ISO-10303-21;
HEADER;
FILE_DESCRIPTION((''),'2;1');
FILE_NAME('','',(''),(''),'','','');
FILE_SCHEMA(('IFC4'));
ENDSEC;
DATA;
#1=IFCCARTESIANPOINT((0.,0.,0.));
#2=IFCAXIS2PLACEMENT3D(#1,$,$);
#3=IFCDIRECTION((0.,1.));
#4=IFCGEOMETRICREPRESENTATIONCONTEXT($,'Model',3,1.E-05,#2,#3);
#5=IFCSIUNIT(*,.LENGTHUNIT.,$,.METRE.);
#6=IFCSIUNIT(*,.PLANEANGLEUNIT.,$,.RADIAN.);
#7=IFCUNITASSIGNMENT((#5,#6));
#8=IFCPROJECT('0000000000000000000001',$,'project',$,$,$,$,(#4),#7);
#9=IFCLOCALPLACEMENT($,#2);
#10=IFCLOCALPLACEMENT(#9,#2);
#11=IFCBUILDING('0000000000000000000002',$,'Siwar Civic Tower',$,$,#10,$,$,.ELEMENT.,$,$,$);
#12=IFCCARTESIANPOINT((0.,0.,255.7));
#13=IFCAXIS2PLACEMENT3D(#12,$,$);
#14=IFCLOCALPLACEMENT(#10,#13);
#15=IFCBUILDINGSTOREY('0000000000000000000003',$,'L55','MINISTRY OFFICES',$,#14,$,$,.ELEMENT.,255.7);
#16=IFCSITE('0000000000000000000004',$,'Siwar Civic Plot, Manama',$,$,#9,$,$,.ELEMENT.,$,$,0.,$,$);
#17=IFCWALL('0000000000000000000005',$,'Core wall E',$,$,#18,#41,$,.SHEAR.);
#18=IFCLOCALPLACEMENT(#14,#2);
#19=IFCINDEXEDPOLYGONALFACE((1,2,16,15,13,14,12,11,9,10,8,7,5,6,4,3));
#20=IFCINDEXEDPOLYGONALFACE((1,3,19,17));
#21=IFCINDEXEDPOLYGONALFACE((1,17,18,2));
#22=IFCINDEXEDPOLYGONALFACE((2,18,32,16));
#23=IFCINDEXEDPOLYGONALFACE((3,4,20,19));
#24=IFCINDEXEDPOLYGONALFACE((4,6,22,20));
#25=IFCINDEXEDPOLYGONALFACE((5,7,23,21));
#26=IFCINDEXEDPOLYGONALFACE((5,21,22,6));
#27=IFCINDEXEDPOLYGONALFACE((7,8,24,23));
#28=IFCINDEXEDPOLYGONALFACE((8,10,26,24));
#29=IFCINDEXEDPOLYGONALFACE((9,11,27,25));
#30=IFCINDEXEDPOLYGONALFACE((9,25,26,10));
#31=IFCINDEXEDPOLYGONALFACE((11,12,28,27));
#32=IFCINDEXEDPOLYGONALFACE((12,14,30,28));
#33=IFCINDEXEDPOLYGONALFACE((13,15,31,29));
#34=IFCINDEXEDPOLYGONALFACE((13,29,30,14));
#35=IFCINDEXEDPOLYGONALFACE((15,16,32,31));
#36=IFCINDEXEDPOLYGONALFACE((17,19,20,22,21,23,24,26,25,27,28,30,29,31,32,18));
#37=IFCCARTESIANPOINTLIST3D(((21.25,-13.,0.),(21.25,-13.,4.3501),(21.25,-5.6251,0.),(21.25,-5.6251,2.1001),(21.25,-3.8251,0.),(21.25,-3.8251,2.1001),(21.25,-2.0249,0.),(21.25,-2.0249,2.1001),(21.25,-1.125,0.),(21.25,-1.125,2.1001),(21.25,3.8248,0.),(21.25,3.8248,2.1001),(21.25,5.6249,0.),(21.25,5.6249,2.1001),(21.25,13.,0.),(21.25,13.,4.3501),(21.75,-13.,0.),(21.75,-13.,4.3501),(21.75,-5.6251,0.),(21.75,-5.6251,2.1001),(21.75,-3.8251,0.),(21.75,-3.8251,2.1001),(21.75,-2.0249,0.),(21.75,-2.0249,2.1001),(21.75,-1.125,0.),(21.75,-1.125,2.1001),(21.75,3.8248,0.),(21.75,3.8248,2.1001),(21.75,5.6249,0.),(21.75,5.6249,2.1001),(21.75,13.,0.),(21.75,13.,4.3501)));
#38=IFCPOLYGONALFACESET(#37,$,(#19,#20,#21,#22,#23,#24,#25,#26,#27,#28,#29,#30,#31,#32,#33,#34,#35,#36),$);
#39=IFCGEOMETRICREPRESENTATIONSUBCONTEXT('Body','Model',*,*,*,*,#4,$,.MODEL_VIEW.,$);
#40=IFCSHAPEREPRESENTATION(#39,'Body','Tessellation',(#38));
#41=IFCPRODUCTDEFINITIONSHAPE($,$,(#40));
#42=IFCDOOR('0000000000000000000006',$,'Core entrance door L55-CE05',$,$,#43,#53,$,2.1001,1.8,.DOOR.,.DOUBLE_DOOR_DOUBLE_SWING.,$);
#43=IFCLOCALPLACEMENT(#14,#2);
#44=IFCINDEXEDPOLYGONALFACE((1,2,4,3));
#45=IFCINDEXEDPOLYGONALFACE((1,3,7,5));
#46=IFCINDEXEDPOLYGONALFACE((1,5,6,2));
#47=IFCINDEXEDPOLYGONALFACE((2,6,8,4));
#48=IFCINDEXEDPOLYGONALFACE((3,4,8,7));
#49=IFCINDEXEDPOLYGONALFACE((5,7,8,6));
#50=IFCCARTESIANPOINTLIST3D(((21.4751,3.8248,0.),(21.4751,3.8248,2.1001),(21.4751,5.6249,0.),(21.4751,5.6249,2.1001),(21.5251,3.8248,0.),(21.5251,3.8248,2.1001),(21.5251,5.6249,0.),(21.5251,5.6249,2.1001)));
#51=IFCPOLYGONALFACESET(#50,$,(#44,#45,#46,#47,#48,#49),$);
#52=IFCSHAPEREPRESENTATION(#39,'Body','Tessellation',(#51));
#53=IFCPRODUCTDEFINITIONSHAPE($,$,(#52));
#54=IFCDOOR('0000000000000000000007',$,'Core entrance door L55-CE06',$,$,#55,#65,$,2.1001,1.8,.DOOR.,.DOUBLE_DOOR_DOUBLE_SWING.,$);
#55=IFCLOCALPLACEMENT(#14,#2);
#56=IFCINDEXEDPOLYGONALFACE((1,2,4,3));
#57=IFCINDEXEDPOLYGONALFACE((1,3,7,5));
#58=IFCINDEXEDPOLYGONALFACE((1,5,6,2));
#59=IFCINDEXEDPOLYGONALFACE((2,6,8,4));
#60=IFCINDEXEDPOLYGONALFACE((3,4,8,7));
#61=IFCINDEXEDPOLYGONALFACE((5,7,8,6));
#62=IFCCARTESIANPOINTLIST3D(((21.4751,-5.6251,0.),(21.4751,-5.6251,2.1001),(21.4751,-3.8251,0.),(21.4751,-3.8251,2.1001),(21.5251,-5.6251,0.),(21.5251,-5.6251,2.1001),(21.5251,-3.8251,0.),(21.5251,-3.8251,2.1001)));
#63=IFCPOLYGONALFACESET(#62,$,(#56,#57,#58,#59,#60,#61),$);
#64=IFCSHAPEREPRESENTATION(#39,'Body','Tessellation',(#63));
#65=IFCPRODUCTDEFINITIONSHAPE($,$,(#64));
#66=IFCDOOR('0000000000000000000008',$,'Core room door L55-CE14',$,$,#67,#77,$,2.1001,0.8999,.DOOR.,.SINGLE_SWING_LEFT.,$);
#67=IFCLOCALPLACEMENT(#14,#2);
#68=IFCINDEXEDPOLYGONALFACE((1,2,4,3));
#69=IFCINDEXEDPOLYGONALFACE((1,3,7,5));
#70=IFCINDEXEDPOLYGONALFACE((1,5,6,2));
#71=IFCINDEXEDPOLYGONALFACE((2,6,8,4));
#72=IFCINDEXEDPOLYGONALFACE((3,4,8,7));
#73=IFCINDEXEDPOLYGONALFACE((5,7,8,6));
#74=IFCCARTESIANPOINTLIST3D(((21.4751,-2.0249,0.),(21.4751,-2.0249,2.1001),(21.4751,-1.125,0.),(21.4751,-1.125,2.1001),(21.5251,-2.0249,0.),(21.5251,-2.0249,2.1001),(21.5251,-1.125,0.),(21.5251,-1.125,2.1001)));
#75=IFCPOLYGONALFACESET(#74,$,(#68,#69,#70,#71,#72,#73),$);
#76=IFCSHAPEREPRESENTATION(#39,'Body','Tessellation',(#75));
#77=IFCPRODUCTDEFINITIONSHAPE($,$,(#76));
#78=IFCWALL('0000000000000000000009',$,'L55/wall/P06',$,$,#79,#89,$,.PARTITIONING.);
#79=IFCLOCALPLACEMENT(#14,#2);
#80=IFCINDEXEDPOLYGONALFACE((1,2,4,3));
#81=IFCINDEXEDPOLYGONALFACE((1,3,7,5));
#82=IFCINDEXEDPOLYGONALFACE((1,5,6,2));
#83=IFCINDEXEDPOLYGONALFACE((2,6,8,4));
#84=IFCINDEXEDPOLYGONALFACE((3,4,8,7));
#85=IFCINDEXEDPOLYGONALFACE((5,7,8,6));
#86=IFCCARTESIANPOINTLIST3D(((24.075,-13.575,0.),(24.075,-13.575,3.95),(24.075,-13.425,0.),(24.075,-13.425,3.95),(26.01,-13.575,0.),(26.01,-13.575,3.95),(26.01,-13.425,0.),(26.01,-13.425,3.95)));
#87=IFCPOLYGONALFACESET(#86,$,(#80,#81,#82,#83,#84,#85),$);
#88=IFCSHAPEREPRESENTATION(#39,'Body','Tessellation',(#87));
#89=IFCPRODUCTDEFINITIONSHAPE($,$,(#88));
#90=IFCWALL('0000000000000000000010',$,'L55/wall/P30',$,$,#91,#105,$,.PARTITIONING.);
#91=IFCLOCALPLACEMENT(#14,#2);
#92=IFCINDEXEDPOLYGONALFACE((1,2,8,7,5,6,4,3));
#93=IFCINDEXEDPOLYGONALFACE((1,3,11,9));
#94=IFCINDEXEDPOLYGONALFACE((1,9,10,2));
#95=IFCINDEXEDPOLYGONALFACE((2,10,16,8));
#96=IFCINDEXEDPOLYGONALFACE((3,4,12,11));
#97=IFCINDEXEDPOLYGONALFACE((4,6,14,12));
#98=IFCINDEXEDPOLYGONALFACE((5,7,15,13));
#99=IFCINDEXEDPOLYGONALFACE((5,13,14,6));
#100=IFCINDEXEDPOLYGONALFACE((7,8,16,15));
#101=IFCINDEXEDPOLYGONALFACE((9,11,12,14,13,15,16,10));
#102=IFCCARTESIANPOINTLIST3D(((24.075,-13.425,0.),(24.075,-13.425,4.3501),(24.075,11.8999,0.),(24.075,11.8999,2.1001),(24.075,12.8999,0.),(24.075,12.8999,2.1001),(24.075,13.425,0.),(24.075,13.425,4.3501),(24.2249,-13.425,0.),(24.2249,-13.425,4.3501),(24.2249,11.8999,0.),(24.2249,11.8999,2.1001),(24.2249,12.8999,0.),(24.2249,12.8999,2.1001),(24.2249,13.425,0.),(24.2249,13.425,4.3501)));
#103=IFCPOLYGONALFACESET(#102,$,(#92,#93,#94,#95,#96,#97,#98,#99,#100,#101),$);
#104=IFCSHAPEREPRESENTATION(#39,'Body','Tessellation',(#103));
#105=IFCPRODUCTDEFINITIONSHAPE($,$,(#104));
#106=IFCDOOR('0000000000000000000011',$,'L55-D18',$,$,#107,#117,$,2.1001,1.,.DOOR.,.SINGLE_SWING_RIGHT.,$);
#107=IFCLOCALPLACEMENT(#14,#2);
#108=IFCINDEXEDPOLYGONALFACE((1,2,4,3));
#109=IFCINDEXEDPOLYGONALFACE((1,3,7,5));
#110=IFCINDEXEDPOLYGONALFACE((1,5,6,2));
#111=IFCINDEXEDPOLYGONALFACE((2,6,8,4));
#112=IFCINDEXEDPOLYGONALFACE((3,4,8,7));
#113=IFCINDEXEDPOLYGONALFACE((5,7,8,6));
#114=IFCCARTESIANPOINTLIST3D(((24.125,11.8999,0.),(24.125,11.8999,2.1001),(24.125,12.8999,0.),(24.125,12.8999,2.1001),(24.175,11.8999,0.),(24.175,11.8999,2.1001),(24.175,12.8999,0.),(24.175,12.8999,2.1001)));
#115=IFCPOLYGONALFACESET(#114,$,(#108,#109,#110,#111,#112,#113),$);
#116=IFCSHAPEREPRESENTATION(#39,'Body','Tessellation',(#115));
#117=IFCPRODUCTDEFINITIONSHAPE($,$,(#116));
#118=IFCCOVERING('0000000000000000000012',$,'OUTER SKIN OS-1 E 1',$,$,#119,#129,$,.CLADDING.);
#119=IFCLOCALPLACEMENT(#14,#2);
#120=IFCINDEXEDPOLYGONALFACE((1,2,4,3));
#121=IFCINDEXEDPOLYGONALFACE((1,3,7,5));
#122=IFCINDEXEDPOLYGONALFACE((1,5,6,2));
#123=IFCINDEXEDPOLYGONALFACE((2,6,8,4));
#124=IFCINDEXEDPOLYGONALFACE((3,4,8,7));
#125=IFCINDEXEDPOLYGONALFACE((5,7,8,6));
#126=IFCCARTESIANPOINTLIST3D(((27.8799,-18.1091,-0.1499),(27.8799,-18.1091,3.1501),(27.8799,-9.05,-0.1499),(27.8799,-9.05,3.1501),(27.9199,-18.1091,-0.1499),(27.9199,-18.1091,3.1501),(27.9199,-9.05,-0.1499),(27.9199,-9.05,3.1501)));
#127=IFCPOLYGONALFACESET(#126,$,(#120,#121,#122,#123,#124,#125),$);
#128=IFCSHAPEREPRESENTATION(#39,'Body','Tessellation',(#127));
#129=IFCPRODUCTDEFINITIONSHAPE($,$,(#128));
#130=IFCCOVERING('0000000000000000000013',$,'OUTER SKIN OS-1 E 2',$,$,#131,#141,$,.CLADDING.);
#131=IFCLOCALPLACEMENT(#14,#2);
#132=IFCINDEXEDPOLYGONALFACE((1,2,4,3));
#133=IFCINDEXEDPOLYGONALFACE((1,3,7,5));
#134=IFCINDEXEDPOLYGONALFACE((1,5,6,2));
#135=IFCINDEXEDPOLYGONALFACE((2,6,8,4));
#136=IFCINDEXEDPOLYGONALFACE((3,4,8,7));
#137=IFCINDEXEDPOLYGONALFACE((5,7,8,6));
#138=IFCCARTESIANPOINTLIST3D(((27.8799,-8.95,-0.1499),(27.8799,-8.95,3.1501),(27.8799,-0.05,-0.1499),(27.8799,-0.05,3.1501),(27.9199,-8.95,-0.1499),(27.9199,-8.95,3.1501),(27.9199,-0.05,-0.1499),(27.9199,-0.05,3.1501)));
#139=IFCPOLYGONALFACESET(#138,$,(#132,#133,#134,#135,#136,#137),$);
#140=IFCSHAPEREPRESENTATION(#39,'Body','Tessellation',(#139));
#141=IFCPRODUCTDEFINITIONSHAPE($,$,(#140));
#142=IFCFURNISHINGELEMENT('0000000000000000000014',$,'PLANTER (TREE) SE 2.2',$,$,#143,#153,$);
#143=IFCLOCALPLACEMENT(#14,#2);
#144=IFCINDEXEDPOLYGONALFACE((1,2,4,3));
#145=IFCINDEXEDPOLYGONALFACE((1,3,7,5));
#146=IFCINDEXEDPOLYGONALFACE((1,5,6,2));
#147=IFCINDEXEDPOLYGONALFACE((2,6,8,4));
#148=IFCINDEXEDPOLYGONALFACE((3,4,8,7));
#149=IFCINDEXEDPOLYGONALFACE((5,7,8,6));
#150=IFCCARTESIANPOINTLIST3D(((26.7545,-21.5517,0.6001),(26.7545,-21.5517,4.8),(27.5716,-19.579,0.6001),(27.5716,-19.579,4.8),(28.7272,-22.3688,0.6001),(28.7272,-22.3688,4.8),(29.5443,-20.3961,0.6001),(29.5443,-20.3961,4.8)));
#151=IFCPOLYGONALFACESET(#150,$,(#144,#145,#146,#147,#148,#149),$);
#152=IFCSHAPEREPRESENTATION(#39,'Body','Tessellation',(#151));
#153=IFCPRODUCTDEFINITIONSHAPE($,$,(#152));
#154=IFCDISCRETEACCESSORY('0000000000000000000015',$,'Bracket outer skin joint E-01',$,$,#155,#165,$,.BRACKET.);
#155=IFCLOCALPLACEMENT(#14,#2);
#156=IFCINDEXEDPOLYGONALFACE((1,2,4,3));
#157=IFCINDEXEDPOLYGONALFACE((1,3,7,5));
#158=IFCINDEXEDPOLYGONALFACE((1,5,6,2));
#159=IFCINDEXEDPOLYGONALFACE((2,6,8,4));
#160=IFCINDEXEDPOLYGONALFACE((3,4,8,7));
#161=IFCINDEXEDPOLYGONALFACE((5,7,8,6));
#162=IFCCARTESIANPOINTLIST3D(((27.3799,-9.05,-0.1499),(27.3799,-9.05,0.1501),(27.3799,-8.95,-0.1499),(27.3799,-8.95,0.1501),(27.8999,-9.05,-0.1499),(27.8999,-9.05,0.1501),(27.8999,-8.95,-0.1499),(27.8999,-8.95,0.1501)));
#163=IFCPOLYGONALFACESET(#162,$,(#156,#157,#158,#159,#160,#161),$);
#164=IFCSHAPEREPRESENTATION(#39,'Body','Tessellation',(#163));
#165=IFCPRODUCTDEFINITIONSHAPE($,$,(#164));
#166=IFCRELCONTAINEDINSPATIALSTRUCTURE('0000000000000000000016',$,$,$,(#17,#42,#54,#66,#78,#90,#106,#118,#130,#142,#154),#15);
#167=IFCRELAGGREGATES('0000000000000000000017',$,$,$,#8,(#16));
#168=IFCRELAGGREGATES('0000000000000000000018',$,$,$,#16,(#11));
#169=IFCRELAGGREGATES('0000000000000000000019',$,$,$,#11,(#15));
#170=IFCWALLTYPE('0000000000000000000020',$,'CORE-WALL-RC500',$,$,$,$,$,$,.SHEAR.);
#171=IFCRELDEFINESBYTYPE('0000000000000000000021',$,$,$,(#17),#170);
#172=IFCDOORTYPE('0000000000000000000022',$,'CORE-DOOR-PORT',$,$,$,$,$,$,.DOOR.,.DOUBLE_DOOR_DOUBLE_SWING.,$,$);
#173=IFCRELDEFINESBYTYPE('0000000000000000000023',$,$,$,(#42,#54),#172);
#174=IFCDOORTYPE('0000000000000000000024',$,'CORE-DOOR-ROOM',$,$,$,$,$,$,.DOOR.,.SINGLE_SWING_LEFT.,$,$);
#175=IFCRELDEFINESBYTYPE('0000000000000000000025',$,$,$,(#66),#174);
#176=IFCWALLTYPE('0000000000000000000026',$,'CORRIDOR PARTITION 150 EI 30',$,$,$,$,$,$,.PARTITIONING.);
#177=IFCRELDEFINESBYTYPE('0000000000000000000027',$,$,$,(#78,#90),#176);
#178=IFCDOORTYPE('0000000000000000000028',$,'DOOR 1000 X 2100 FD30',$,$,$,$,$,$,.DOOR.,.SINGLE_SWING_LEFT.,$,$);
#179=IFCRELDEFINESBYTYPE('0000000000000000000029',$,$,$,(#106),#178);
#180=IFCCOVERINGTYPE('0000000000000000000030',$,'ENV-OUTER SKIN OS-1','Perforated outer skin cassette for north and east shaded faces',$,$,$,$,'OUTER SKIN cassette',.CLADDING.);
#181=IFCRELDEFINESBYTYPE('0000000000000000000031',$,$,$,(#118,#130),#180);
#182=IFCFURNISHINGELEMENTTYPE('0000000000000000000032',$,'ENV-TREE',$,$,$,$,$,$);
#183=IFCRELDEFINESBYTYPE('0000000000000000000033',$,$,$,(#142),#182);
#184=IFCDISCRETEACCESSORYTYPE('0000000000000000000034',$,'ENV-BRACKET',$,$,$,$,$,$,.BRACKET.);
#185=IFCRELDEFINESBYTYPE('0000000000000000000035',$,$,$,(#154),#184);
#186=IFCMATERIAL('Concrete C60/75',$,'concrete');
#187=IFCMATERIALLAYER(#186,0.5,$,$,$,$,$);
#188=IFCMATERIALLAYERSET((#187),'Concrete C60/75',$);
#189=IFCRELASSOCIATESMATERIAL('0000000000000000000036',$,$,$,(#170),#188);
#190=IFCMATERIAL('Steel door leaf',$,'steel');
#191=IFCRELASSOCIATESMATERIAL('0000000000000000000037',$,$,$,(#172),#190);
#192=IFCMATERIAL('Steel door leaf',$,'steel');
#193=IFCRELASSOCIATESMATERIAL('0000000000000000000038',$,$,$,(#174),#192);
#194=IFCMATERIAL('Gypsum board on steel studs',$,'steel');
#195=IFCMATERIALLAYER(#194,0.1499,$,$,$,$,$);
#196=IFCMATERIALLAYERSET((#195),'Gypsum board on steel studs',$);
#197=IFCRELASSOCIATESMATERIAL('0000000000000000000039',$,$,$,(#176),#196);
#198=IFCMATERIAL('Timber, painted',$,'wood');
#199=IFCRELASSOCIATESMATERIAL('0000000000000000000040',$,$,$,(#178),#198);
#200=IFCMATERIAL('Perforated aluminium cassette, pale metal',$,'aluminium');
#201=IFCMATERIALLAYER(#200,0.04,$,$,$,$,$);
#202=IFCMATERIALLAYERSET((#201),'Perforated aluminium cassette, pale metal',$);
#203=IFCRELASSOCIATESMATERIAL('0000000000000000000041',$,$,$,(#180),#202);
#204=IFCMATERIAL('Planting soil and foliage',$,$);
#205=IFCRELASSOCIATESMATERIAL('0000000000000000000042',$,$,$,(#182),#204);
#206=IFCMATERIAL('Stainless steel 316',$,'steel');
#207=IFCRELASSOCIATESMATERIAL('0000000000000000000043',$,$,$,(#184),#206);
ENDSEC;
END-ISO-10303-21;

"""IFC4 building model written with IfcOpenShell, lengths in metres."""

from ifc_helpers import new_model, si_unit, direction, frame, frame_2d, origin, origin_2d, place, context, subcontext, project, spatial, rectangle, extrude, material, layer, layer_set, type_object, element, fill, save


model = new_model("IFC4")

# Units and contexts
model_context = context("Model", 3, precision=1e-05, world=origin(), true_north=direction((0.0, 1.0)))
body_context = subcontext(model_context, "Body", "Model", "MODEL_VIEW")
ifc_project = project(units=[si_unit("LENGTHUNIT", "METRE"), si_unit("PLANEANGLEUNIT", "RADIAN")], contexts=[model_context])

# Site, building, storey
site_placement = place(None, origin())
site = spatial("IfcSite", under=ifc_project, at=site_placement, Name="Siwar Civic Plot, Manama", CompositionType="ELEMENT", RefElevation=0.0)
building_placement = place(site_placement, origin())
building = spatial("IfcBuilding", under=site, at=building_placement, Name="Siwar Civic Tower", CompositionType="ELEMENT")
storey_placement = place(building_placement, frame((0.0, 0.0, 255.7)))
storey = spatial("IfcBuildingStorey", under=building, at=storey_placement, Name="L55", Description="MINISTRY OFFICES", CompositionType="ELEMENT", Elevation=255.7)

# Wall, openings, doors
ifc_material_1 = material(Name="Concrete C60/75", Category="concrete")
ifc_layer_1 = layer(ifc_material_1, 0.5)
ifc_layer_set_1 = layer_set([ifc_layer_1], Name="Concrete C60/75")
wall_type_1 = type_object("IfcWallType", Name="CORE-WALL-RC500", PredefinedType="SHEAR", material=ifc_layer_set_1)
wall_1_placement = place(storey_placement, frame((21.5, -13.0, 0.0), z_axis=(0.0, 0.0, 1.0), x_axis=(0.0, 1.0, 0.0)))
wall_1 = element("IfcWall", 1, at=wall_1_placement, inside=storey, type_object=wall_type_1, Name="Core wall E", PredefinedType="SHEAR", context=body_context, shape_type="SweptSolid", body=[
    extrude(rectangle(XDim=26.0, YDim=0.5, at=frame_2d((13.0, 0.0))), origin(), (0.0, 0.0, 1.0), 4.3501),
])
opening_1_placement = place(wall_1_placement, frame((16.825, 0.0, 0.0)))
opening_1 = element("IfcOpeningElement", 2, at=opening_1_placement, cuts=wall_1, PredefinedType="OPENING", context=body_context, shape_type="SweptSolid", body=[
    extrude(rectangle(XDim=1.8, YDim=2.1001, at=frame_2d((0.8999, 1.05))), frame((0.0, 0.26, 0.0), z_axis=(0.0, -1.0, 0.0), x_axis=(1.0, 0.0, 0.0)), (0.0, 0.0, 1.0), 0.52),
])
opening_2_placement = place(wall_1_placement, frame((7.375, 0.0, 0.0)))
opening_2 = element("IfcOpeningElement", 3, at=opening_2_placement, cuts=wall_1, PredefinedType="OPENING", context=body_context, shape_type="SweptSolid", body=[
    extrude(rectangle(XDim=1.8, YDim=2.1001, at=frame_2d((0.8999, 1.05))), frame((0.0, 0.26, 0.0), z_axis=(0.0, -1.0, 0.0), x_axis=(1.0, 0.0, 0.0)), (0.0, 0.0, 1.0), 0.52),
])
opening_3_placement = place(wall_1_placement, frame((10.9751, 0.0, 0.0)))
opening_3 = element("IfcOpeningElement", 4, at=opening_3_placement, cuts=wall_1, PredefinedType="OPENING", context=body_context, shape_type="SweptSolid", body=[
    extrude(rectangle(XDim=0.8999, YDim=2.1001, at=frame_2d((0.45, 1.05))), frame((0.0, 0.26, 0.0), z_axis=(0.0, -1.0, 0.0), x_axis=(1.0, 0.0, 0.0)), (0.0, 0.0, 1.0), 0.52),
])
ifc_material_2 = material(Name="Steel door leaf", Category="steel")
door_type_1 = type_object("IfcDoorType", Name="CORE-DOOR-PORT", OperationType="DOUBLE_DOOR_DOUBLE_SWING", PredefinedType="DOOR", material=ifc_material_2)
door_1_placement = place(opening_1_placement, origin())
door_1 = element("IfcDoor", 5, at=door_1_placement, inside=storey, type_object=door_type_1, Name="Core entrance door L55-CE05", OperationType="DOUBLE_DOOR_DOUBLE_SWING", OverallHeight=2.1001, OverallWidth=1.8, PredefinedType="DOOR", context=body_context, shape_type="SweptSolid", body=[
    extrude(rectangle(XDim=1.8, YDim=2.1001, at=frame_2d((0.8999, 1.05))), frame((0.0, 0.0249, 0.0), z_axis=(0.0, -1.0, 0.0), x_axis=(1.0, 0.0, 0.0)), (0.0, 0.0, 1.0), 0.05),
])
fill(opening_1, door_1)
door_2_placement = place(opening_2_placement, origin())
door_2 = element("IfcDoor", 6, at=door_2_placement, inside=storey, type_object=door_type_1, Name="Core entrance door L55-CE06", OperationType="DOUBLE_DOOR_DOUBLE_SWING", OverallHeight=2.1001, OverallWidth=1.8, PredefinedType="DOOR", context=body_context, shape_type="SweptSolid", body=[
    extrude(rectangle(XDim=1.8, YDim=2.1001, at=frame_2d((0.8999, 1.05))), frame((0.0, 0.0249, 0.0), z_axis=(0.0, -1.0, 0.0), x_axis=(1.0, 0.0, 0.0)), (0.0, 0.0, 1.0), 0.05),
])
fill(opening_2, door_2)
ifc_material_3 = material(Name="Steel door leaf", Category="steel")
door_type_2 = type_object("IfcDoorType", Name="CORE-DOOR-ROOM", OperationType="SINGLE_SWING_LEFT", PredefinedType="DOOR", material=ifc_material_3)
door_3_placement = place(opening_3_placement, origin())
door_3 = element("IfcDoor", 7, at=door_3_placement, inside=storey, type_object=door_type_2, Name="Core room door L55-CE14", OperationType="SINGLE_SWING_LEFT", OverallHeight=2.1001, OverallWidth=0.8999, PredefinedType="DOOR", context=body_context, shape_type="SweptSolid", body=[
    extrude(rectangle(XDim=0.8999, YDim=2.1001, at=frame_2d((0.45, 1.05))), frame((0.0, 0.0249, 0.0), z_axis=(0.0, -1.0, 0.0), x_axis=(1.0, 0.0, 0.0)), (0.0, 0.0, 1.0), 0.05),
])
fill(opening_3, door_3)

# Wall
ifc_material_4 = material(Name="Gypsum board on steel studs", Category="steel")
ifc_layer_2 = layer(ifc_material_4, 0.1499)
ifc_layer_set_2 = layer_set([ifc_layer_2], Name="Gypsum board on steel studs")
wall_type_2 = type_object("IfcWallType", Name="CORRIDOR PARTITION 150 EI 30", PredefinedType="PARTITIONING", material=ifc_layer_set_2)
wall_2_placement = place(storey_placement, frame((24.075, -13.5, 0.0), z_axis=(0.0, 0.0, 1.0), x_axis=(1.0, 0.0, 0.0)))
element("IfcWall", 8, at=wall_2_placement, inside=storey, type_object=wall_type_2, Name="L55/wall/P06", PredefinedType="PARTITIONING", context=body_context, shape_type="SweptSolid", body=[
    extrude(rectangle(XDim=1.9351, YDim=0.1499, at=frame_2d((0.9675, 0.0))), origin(), (0.0, 0.0, 1.0), 3.95),
])

# Wall, opening, door
wall_3_placement = place(storey_placement, frame((24.1499, -13.425, 0.0), z_axis=(0.0, 0.0, 1.0), x_axis=(0.0, 1.0, 0.0)))
wall_3 = element("IfcWall", 9, at=wall_3_placement, inside=storey, type_object=wall_type_2, Name="L55/wall/P30", PredefinedType="PARTITIONING", context=body_context, shape_type="SweptSolid", body=[
    extrude(rectangle(XDim=26.8501, YDim=0.1499, at=frame_2d((13.425, 0.0))), origin(), (0.0, 0.0, 1.0), 4.3501),
])
opening_4_placement = place(wall_3_placement, frame((25.325, 0.0, 0.0)))
opening_4 = element("IfcOpeningElement", 10, at=opening_4_placement, cuts=wall_3, PredefinedType="OPENING", context=body_context, shape_type="SweptSolid", body=[
    extrude(rectangle(XDim=1.0, YDim=2.1001, at=frame_2d((0.5, 1.05))), frame((0.0, 0.085, 0.0), z_axis=(0.0, -1.0, 0.0), x_axis=(1.0, 0.0, 0.0)), (0.0, 0.0, 1.0), 0.1699),
])
ifc_material_5 = material(Name="Timber, painted", Category="wood")
door_type_3 = type_object("IfcDoorType", Name="DOOR 1000 X 2100 FD30", OperationType="SINGLE_SWING_LEFT", PredefinedType="DOOR", material=ifc_material_5)
door_4_placement = place(opening_4_placement, origin())
door_4 = element("IfcDoor", 11, at=door_4_placement, inside=storey, type_object=door_type_3, Name="L55-D18", OperationType="SINGLE_SWING_RIGHT", OverallHeight=2.1001, OverallWidth=1.0, PredefinedType="DOOR", context=body_context, shape_type="SweptSolid", body=[
    extrude(rectangle(XDim=1.0, YDim=2.1001, at=frame_2d((0.5, 1.05))), frame((0.0, 0.0249, 0.0), z_axis=(0.0, -1.0, 0.0), x_axis=(1.0, 0.0, 0.0)), (0.0, 0.0, 1.0), 0.05),
])
fill(opening_4, door_4)

# Coverings
ifc_material_6 = material(Name="Perforated aluminium cassette, pale metal", Category="aluminium")
ifc_layer_3 = layer(ifc_material_6, 0.04)
ifc_layer_set_3 = layer_set([ifc_layer_3], Name="Perforated aluminium cassette, pale metal")
covering_type = type_object("IfcCoveringType", Name="ENV-OUTER SKIN OS-1", Description="Perforated outer skin cassette for north and east shaded faces", ElementType="OUTER SKIN cassette", PredefinedType="CLADDING", material=ifc_layer_set_3)
covering_1_placement = place(storey_placement, frame((27.8999, -13.5796, -0.1499), z_axis=(0.0, 0.0, 1.0), x_axis=(0.0, 1.0, 0.0)))
element("IfcCovering", 12, at=covering_1_placement, inside=storey, type_object=covering_type, Name="OUTER SKIN OS-1 E 1", PredefinedType="CLADDING", context=body_context, shape_type="SweptSolid", body=[
    extrude(rectangle(XDim=9.0591, YDim=0.04, at=origin_2d()), origin(), (0.0, 0.0, 1.0), 3.3),
])
covering_2_placement = place(storey_placement, frame((27.8999, -4.5, -0.1499), z_axis=(0.0, 0.0, 1.0), x_axis=(0.0, 1.0, 0.0)))
element("IfcCovering", 13, at=covering_2_placement, inside=storey, type_object=covering_type, Name="OUTER SKIN OS-1 E 2", PredefinedType="CLADDING", context=body_context, shape_type="SweptSolid", body=[
    extrude(rectangle(XDim=8.8999, YDim=0.04, at=origin_2d()), origin(), (0.0, 0.0, 1.0), 3.3),
])

# Furnishing element
ifc_material_7 = material(Name="Planting soil and foliage")
furnishing_element_type = type_object("IfcFurnishingElementType", Name="ENV-TREE", material=ifc_material_7)
furnishing_placement = place(storey_placement, frame((28.1494, -20.9739, 0.6001), z_axis=(0.0, 0.0, 1.0), x_axis=(0.382683, 0.92388, 0.0)))
element("IfcFurnishingElement", 14, at=furnishing_placement, inside=storey, type_object=furnishing_element_type, Name="PLANTER (TREE) SE 2.2", context=body_context, shape_type="SweptSolid", body=[
    extrude(rectangle(XDim=2.1353, YDim=2.1353, at=origin_2d()), origin(), (0.0, 0.0, 1.0), 4.2),
])

# Discrete accessory
ifc_material_8 = material(Name="Stainless steel 316", Category="steel")
discrete_accessory_type_1 = type_object("IfcDiscreteAccessoryType", Name="ENV-BRACKET", PredefinedType="BRACKET", material=ifc_material_8)
discrete_accessory_1_placement = place(storey_placement, frame((27.6399, -9.0, -0.1499), z_axis=(0.0, 0.0, 1.0), x_axis=(1.0, 0.0, 0.0)))
element("IfcDiscreteAccessory", 15, at=discrete_accessory_1_placement, inside=storey, type_object=discrete_accessory_type_1, Name="Bracket outer skin joint E-01", PredefinedType="BRACKET", context=body_context, shape_type="SweptSolid", body=[
    extrude(rectangle(XDim=0.52, YDim=0.1001, at=origin_2d()), origin(), (0.0, 0.0, 1.0), 0.3),
])

save(model, "model.ifc")
